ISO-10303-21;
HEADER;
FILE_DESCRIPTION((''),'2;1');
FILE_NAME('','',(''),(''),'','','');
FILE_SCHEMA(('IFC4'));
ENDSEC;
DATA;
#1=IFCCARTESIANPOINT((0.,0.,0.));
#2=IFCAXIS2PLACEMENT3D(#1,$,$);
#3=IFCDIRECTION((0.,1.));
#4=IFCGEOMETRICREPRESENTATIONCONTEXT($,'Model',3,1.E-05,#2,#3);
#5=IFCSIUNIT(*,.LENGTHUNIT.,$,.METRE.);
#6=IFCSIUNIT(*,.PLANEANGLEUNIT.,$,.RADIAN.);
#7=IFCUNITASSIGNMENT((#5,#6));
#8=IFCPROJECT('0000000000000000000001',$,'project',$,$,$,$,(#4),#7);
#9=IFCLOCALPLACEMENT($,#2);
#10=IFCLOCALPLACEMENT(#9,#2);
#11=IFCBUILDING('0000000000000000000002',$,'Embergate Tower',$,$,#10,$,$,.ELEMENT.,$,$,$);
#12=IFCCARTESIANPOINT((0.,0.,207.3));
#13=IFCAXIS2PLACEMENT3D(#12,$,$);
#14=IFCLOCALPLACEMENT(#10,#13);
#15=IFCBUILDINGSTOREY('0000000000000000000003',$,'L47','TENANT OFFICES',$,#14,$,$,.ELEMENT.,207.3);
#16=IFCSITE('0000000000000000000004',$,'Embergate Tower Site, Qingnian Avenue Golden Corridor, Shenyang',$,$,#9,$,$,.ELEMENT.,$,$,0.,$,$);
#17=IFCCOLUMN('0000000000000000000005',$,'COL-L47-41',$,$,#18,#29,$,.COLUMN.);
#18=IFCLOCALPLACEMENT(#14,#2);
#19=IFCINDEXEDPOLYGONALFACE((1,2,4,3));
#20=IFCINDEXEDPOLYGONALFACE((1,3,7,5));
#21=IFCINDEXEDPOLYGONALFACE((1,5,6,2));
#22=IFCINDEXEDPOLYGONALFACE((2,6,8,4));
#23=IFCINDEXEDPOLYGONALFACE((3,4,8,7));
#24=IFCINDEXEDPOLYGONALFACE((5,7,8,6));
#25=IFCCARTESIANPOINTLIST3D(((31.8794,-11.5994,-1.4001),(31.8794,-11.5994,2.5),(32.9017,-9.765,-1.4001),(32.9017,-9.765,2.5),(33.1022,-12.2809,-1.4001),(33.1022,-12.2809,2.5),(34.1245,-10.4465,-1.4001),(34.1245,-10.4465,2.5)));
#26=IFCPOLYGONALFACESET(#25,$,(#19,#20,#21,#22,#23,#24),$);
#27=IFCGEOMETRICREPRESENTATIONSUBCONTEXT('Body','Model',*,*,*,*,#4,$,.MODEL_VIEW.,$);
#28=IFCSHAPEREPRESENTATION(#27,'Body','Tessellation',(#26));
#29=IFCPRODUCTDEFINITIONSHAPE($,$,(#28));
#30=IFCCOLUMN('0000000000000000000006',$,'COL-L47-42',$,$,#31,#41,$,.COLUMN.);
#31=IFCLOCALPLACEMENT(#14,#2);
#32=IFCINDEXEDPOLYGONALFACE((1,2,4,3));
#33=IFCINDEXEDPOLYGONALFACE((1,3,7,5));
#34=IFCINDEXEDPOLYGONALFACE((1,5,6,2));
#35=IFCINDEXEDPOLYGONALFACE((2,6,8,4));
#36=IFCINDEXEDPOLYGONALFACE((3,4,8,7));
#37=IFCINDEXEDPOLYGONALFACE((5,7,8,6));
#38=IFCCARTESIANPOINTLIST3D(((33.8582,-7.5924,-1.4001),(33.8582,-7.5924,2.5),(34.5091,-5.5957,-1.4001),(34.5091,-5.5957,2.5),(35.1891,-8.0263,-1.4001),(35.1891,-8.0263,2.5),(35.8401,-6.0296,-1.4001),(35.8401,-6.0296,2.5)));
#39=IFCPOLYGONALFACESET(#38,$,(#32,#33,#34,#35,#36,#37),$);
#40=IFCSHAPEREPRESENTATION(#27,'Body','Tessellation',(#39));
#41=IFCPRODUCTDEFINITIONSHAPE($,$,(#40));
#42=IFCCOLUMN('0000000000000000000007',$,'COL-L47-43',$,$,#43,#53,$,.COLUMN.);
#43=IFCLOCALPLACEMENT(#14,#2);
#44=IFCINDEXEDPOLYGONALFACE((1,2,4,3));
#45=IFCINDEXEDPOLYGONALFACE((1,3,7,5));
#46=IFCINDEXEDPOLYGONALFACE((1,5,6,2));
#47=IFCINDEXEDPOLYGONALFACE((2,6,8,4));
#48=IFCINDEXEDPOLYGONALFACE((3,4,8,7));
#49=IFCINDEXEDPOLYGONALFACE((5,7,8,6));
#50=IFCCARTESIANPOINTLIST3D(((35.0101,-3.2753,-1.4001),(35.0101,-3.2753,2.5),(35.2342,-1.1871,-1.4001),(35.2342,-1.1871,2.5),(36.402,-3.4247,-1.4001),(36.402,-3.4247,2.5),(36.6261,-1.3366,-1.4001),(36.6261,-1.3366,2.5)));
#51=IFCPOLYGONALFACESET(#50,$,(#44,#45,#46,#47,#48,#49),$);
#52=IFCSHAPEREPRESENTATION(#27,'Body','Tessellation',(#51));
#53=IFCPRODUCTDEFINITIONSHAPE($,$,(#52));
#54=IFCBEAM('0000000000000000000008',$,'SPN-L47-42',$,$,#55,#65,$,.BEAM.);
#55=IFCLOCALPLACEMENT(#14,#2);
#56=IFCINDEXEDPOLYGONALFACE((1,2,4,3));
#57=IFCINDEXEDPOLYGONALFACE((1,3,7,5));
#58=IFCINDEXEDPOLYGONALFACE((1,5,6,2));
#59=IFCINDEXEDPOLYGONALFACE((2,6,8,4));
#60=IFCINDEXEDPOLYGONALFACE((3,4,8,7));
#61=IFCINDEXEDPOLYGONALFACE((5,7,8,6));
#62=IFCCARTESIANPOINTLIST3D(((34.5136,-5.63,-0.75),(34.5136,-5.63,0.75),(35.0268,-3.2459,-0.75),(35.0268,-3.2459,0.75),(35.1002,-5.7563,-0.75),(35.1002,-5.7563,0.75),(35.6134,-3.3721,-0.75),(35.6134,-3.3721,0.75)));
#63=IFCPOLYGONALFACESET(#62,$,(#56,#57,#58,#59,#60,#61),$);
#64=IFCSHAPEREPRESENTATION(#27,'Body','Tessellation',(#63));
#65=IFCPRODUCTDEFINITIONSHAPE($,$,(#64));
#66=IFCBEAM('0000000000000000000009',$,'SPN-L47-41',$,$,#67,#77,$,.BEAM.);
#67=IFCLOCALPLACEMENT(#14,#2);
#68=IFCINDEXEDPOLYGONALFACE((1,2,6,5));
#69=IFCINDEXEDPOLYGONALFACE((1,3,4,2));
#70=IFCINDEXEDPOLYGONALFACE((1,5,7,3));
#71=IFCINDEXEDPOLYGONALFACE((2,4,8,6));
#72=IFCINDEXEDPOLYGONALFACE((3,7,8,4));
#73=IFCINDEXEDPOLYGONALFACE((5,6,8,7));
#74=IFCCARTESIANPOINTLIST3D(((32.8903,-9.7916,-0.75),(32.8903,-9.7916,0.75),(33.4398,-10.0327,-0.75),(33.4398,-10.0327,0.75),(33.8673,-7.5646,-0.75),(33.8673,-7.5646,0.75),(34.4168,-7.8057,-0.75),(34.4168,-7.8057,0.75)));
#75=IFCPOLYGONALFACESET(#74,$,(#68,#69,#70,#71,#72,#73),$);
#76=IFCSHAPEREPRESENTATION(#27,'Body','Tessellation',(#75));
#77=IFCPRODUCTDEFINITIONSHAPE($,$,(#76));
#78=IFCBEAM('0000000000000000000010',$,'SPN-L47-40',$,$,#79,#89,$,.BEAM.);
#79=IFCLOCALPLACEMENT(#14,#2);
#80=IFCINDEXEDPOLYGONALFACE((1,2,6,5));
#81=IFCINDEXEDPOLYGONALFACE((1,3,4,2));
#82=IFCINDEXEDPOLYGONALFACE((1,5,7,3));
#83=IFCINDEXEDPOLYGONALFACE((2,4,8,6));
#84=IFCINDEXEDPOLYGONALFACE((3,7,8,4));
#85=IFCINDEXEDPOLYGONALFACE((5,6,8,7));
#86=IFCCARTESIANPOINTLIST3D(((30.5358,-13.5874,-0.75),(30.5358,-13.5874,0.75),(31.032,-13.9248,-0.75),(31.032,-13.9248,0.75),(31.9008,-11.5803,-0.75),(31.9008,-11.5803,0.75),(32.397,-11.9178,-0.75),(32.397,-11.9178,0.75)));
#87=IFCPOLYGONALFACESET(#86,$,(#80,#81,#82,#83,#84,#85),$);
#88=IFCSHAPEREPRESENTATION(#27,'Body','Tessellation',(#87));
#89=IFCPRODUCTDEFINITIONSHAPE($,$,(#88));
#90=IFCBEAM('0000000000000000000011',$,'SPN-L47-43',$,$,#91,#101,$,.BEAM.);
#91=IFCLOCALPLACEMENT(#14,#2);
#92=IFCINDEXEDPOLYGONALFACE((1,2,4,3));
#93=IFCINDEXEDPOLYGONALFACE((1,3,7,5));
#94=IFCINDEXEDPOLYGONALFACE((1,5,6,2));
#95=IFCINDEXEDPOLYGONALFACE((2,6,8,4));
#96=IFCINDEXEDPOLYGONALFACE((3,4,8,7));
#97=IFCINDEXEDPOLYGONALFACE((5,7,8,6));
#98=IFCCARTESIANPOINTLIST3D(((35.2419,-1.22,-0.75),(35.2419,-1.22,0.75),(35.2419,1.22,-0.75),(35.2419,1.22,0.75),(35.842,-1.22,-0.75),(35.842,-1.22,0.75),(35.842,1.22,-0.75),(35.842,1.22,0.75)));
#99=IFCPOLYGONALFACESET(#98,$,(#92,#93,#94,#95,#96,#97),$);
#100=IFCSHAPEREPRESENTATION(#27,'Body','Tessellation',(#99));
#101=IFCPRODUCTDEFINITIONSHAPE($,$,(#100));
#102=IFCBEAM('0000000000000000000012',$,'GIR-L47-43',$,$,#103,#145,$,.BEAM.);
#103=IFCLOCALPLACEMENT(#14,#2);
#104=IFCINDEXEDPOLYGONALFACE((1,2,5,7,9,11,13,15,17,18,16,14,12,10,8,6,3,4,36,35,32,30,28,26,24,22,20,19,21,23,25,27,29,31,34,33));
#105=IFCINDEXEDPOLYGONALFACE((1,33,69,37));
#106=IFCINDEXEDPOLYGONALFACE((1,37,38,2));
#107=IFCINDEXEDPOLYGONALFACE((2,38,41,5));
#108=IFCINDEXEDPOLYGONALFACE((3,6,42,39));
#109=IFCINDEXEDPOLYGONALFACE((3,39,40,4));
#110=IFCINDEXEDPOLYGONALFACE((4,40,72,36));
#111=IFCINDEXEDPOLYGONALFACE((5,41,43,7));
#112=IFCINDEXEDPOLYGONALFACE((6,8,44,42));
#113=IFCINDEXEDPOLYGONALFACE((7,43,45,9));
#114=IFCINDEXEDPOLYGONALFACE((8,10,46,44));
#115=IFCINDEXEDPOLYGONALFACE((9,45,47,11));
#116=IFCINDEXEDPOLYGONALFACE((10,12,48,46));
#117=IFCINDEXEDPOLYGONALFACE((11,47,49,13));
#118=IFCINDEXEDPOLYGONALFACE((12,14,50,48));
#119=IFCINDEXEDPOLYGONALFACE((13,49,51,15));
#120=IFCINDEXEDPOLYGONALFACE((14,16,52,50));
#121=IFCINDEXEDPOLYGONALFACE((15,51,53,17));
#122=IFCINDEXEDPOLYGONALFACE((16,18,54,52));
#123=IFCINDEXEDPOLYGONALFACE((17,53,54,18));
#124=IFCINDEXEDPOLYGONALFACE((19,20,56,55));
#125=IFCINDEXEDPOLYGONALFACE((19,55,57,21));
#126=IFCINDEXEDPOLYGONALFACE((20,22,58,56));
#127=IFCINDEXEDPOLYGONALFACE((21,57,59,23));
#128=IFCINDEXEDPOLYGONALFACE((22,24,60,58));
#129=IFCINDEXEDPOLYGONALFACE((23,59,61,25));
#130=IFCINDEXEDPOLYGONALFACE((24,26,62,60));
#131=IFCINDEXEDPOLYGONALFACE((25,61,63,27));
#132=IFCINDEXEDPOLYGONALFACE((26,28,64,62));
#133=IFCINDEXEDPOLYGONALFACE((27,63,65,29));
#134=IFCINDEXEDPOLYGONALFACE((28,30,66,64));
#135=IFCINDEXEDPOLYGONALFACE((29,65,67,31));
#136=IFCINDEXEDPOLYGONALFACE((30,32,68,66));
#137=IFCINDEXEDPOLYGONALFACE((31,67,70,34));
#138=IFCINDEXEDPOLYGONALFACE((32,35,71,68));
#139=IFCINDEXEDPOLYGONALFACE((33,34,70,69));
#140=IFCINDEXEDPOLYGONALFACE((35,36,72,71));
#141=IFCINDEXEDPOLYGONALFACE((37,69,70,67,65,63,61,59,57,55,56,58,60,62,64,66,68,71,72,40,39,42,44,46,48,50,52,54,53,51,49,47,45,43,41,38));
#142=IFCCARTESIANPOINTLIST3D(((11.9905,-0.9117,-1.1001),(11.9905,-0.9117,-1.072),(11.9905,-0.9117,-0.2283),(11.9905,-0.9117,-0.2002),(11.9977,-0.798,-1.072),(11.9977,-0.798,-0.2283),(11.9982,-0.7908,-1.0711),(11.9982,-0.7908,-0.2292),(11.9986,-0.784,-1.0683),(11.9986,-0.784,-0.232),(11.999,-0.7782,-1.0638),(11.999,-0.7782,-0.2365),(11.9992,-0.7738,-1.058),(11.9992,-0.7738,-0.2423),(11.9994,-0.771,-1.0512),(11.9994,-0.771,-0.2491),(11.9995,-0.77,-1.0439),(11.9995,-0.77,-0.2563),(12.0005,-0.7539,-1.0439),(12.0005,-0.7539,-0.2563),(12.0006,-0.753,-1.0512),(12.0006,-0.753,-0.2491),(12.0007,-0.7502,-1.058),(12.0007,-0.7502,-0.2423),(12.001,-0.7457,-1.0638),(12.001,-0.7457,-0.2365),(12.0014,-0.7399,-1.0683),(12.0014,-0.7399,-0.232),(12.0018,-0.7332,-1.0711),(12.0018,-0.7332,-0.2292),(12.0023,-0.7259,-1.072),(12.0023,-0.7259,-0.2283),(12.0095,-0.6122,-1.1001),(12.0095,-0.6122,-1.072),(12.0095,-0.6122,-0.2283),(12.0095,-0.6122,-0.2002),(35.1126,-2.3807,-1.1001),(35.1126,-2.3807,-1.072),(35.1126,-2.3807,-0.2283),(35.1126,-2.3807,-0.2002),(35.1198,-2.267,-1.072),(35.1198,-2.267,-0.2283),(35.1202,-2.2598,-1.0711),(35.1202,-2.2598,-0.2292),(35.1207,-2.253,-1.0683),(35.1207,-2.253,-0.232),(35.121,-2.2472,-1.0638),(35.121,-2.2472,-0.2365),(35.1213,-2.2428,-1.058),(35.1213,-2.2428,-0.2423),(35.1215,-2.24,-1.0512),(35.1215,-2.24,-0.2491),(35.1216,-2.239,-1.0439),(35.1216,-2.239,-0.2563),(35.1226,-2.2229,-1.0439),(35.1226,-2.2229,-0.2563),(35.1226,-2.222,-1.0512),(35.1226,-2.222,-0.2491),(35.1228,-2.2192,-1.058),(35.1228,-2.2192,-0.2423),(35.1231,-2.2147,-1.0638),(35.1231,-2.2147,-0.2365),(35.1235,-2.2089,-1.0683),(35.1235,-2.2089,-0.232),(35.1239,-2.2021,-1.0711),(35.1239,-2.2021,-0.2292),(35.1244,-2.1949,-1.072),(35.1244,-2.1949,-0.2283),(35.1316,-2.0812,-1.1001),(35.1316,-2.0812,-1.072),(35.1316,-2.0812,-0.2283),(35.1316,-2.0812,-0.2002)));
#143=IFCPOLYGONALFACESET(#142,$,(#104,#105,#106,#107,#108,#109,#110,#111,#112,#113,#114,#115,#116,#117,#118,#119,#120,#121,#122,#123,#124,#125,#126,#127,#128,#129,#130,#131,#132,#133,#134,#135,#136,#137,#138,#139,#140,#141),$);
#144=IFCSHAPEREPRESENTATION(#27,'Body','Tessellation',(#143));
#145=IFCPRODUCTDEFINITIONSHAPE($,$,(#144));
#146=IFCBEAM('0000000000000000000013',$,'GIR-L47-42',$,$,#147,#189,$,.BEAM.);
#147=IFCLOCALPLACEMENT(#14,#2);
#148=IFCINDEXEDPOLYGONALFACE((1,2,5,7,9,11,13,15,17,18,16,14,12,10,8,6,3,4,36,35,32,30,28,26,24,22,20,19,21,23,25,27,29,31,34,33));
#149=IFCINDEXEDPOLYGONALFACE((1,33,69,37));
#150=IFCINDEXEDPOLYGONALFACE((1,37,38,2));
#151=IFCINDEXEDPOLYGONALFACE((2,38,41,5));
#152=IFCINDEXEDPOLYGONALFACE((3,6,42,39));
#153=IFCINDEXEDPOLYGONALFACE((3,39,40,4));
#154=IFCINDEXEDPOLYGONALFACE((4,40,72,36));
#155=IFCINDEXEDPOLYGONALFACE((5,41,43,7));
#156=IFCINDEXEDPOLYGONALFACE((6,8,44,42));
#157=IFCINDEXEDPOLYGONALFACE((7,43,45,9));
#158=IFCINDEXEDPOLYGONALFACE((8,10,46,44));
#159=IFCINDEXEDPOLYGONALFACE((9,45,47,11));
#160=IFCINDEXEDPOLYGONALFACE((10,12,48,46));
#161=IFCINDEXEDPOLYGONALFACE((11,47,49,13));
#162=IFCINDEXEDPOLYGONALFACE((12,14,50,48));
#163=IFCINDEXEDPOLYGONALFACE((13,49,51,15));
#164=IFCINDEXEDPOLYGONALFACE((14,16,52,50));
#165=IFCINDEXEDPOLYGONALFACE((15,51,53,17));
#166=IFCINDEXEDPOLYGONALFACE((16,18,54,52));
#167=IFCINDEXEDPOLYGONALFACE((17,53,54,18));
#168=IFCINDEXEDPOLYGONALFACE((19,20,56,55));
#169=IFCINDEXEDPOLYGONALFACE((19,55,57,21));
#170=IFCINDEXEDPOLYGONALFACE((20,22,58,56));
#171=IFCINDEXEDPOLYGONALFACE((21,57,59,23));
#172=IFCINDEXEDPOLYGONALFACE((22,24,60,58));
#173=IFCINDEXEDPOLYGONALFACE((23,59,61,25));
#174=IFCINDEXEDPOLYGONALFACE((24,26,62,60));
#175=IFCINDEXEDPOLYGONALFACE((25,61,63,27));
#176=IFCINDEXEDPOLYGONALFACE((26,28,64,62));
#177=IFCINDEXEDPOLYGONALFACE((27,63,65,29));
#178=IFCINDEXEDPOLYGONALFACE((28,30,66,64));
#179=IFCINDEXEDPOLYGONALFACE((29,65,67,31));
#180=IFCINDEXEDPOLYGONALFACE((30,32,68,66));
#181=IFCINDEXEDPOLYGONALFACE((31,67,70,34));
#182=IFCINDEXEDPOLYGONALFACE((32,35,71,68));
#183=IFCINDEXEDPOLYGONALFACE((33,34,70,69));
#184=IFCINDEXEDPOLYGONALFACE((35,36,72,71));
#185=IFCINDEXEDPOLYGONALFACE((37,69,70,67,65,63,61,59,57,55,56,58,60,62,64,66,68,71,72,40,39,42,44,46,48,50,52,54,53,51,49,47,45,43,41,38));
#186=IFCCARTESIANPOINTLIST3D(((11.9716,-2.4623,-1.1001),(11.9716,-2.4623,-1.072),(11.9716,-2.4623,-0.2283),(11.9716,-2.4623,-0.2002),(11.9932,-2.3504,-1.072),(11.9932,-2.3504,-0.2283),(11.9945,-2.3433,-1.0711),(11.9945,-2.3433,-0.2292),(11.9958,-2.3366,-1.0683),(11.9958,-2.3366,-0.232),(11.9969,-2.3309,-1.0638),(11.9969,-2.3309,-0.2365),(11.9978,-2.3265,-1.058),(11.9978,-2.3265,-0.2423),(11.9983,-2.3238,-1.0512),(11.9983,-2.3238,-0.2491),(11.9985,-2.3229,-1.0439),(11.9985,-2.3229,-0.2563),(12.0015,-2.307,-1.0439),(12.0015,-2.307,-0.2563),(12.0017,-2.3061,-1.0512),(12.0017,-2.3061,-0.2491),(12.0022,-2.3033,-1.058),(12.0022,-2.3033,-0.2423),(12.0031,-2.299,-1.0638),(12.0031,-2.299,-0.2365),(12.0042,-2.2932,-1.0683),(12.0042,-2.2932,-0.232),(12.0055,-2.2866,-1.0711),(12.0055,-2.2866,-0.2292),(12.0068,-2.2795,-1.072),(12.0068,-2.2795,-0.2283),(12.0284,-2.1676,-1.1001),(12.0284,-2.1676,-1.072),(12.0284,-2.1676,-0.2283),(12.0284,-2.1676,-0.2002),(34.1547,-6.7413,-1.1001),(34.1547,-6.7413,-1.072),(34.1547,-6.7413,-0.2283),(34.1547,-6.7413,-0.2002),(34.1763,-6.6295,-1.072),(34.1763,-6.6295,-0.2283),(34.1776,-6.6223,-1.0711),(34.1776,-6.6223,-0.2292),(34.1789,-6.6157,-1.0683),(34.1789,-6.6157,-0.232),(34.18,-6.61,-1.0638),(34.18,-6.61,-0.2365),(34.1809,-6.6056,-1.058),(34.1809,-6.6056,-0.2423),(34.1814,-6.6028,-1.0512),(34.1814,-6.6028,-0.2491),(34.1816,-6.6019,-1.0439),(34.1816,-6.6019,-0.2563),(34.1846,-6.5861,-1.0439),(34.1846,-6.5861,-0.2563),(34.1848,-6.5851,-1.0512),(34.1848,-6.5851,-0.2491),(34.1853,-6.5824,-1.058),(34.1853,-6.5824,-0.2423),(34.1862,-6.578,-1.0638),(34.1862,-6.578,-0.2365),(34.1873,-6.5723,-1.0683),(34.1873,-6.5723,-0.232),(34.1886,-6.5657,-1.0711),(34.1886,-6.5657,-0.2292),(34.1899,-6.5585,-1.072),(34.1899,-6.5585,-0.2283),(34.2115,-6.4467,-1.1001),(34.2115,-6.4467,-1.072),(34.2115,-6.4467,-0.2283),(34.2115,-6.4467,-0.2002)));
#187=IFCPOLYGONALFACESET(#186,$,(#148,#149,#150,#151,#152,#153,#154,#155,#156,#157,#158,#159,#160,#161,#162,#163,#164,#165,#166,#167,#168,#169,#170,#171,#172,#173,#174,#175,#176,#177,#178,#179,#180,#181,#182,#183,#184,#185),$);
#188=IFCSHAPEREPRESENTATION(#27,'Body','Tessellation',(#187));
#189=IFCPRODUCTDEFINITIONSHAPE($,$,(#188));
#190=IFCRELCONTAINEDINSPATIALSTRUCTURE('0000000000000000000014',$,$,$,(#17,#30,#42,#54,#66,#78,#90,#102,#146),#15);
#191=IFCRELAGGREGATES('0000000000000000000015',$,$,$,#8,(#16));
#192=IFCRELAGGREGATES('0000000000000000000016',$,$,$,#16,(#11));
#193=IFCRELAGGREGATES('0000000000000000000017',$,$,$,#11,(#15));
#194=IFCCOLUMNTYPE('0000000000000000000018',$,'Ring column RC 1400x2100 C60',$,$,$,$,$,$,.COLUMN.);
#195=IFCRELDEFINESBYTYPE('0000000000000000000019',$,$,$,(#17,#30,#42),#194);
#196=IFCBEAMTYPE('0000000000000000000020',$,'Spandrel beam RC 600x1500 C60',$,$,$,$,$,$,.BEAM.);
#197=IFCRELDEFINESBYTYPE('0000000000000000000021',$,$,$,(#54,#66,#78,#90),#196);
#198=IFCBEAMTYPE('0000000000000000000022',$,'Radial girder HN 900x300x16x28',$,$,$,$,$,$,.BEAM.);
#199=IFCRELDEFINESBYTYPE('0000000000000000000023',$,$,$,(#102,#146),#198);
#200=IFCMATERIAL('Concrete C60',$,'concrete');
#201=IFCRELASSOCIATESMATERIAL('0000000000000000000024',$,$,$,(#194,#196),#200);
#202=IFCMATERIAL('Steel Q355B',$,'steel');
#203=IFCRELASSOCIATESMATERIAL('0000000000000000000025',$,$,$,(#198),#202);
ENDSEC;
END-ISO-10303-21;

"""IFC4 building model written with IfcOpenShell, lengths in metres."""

from ifc_helpers import new_model, si_unit, direction, frame, origin, origin_2d, place, context, subcontext, project, spatial, rectangle, i_section, extrude, source, transform, mapped, material, material_profile, profile_set, type_object, element, save


model = new_model("IFC4")

# Units and contexts
model_context = context("Model", 3, precision=1e-05, world=origin(), true_north=direction((0.0, 1.0)))
body_context = subcontext(model_context, "Body", "Model", "MODEL_VIEW")
ifc_project = project(units=[si_unit("LENGTHUNIT", "METRE"), si_unit("PLANEANGLEUNIT", "RADIAN")], contexts=[model_context])

# Site, building, storey
site_placement = place(None, origin())
site = spatial("IfcSite", under=ifc_project, at=site_placement, Name="Embergate Tower Site, Qingnian Avenue Golden Corridor, Shenyang", CompositionType="ELEMENT", RefElevation=0.0)
building_placement = place(site_placement, origin())
building = spatial("IfcBuilding", under=site, at=building_placement, Name="Embergate Tower", CompositionType="ELEMENT")
storey_placement = place(building_placement, frame((0.0, 0.0, 207.3)))
storey = spatial("IfcBuildingStorey", under=building, at=storey_placement, Name="L47", Description="TENANT OFFICES", CompositionType="ELEMENT", Elevation=207.3)

# Columns
ifc_material_1 = material(Name="Concrete C60", Category="concrete")
ifc_material_profile_1 = material_profile(ifc_material_1, rectangle(XDim=1.3999, YDim=2.1001, at=origin_2d()), Name="RC 1400x2100")
ifc_profile_set_1 = profile_set([ifc_material_profile_1], Name="Concrete C60")
column_type = type_object("IfcColumnType", Name="Ring column RC 1400x2100 C60", PredefinedType="COLUMN", material=ifc_profile_set_1)
shared_shape_1 = source(origin(), body_context, "Body", "SweptSolid", [
    extrude(rectangle(XDim=1.3999, YDim=2.1001, at=origin_2d()), origin(), (0.0, 0.0, 1.0), 3.9001),
])
for number, where, z_axis, x_axis, name in (
    (1, (33.002, -11.0229, -1.4001), (0.0, 0.0, 1.0), (0.8735, -0.486823, 0.0), "COL-L47-41"),
    (2, (34.8491, -6.811, -1.4001), (0.0, 0.0, 1.0), (0.950754, -0.309946, 0.0), "COL-L47-42"),
    (3, (35.8181, -2.3059, -1.4001), (0.0, 0.0, 1.0), (0.994288, -0.106733, 0.0), "COL-L47-43"),
):
    element("IfcColumn", number, at=place(storey_placement, frame(where, z_axis=z_axis, x_axis=x_axis)), inside=storey, type_object=column_type, Name=name, PredefinedType="COLUMN", context=body_context, shape_type="MappedRepresentation", body=[
        mapped(shared_shape_1, transform((0.0, 0.0, 0.0))),
    ])

# Beams
ifc_material_profile_2 = material_profile(ifc_material_1, rectangle(XDim=0.6001, YDim=1.5, at=origin_2d()), Name="RC 600x1500")
ifc_profile_set_2 = profile_set([ifc_material_profile_2], Name="Concrete C60")
beam_type_1 = type_object("IfcBeamType", Name="Spandrel beam RC 600x1500 C60", PredefinedType="BEAM", material=ifc_profile_set_2)
shared_shape_2 = source(origin(), body_context, "Body", "SweptSolid", [
    extrude(rectangle(XDim=0.6001, YDim=1.5, at=origin_2d()), origin(), (0.0, 0.0, 1.0), 2.4387),
])
beam_1_placement = place(storey_placement, frame((34.8069, -5.6931, 0.0), z_axis=(0.210438, 0.977607, 0.0), x_axis=(-0.977607, 0.210438, 0.0)))
element("IfcBeam", 4, at=beam_1_placement, inside=storey, type_object=beam_type_1, Name="SPN-L47-42", PredefinedType="BEAM", context=body_context, shape_type="MappedRepresentation", body=[
    mapped(shared_shape_2, transform((0.0, 0.0, 0.0))),
])
shared_shape_3 = source(origin(), body_context, "Body", "SweptSolid", [
    extrude(rectangle(XDim=0.6001, YDim=1.5, at=origin_2d()), origin(), (0.0, 0.0, 1.0), 2.4319),
])
beam_2_placement = place(storey_placement, frame((33.165, -9.9121, 0.0), z_axis=(0.401756, 0.915747, 0.0), x_axis=(-0.915747, 0.401756, 0.0)))
element("IfcBeam", 5, at=beam_2_placement, inside=storey, type_object=beam_type_1, Name="SPN-L47-41", PredefinedType="BEAM", context=body_context, shape_type="MappedRepresentation", body=[
    mapped(shared_shape_3, transform((0.0, 0.0, 0.0))),
])
shared_shape_4 = source(origin(), body_context, "Body", "SweptSolid", [
    extrude(rectangle(XDim=0.6001, YDim=1.5, at=origin_2d()), origin(), (0.0, 0.0, 1.0), 2.4272),
])
beam_3_placement = place(storey_placement, frame((30.7839, -13.7561, 0.0), z_axis=(0.56236, 0.826893, 0.0), x_axis=(-0.826893, 0.56236, 0.0)))
element("IfcBeam", 6, at=beam_3_placement, inside=storey, type_object=beam_type_1, Name="SPN-L47-40", PredefinedType="BEAM", context=body_context, shape_type="MappedRepresentation", body=[
    mapped(shared_shape_4, transform((0.0, 0.0, 0.0))),
])
shared_shape_5 = source(origin(), body_context, "Body", "SweptSolid", [
    extrude(rectangle(XDim=0.6001, YDim=1.5, at=origin_2d()), origin(), (0.0, 0.0, 1.0), 2.4399),
])
beam_4_placement = place(storey_placement, frame((35.542, -1.22, 0.0), z_axis=(0.0, 1.0, 0.0), x_axis=(-1.0, 0.0, 0.0)))
element("IfcBeam", 7, at=beam_4_placement, inside=storey, type_object=beam_type_1, Name="SPN-L47-43", PredefinedType="BEAM", context=body_context, shape_type="MappedRepresentation", body=[
    mapped(shared_shape_5, transform((0.0, 0.0, 0.0))),
])
ifc_material_2 = material(Name="Steel Q355B", Category="steel")
ifc_material_profile_3 = material_profile(ifc_material_2, i_section(OverallWidth=0.3, OverallDepth=0.8999, WebThickness=0.0161, FlangeThickness=0.0281, FilletRadius=0.0281, at=origin_2d()), Name="HN 900x300x16x28")
ifc_profile_set_3 = profile_set([ifc_material_profile_3], Name="Steel Q355 grade B")
beam_type_2 = type_object("IfcBeamType", Name="Radial girder HN 900x300x16x28", PredefinedType="BEAM", material=ifc_profile_set_3)
shared_shape_6 = source(origin(), body_context, "Body", "SweptSolid", [
    extrude(i_section(OverallWidth=0.3, OverallDepth=0.8999, WebThickness=0.0161, FlangeThickness=0.0281, FilletRadius=0.0281, at=origin_2d()), origin(), (0.0, 0.0, 1.0), 23.1687),
])
beam_5_placement = place(storey_placement, frame((35.1221, -2.231, -0.6501), z_axis=(-0.997988, 0.063404, 0.0), x_axis=(-0.063404, -0.997988, 0.0)))
element("IfcBeam", 8, at=beam_5_placement, inside=storey, type_object=beam_type_2, Name="GIR-L47-43", PredefinedType="BEAM", context=body_context, shape_type="MappedRepresentation", body=[
    mapped(shared_shape_6, transform((0.0, 0.0, 0.0))),
])
shared_shape_7 = source(origin(), body_context, "Body", "SweptSolid", [
    extrude(i_section(OverallWidth=0.3, OverallDepth=0.8999, WebThickness=0.0161, FlangeThickness=0.0281, FilletRadius=0.0281, at=origin_2d()), origin(), (0.0, 0.0, 1.0), 22.592),
])
beam_6_placement = place(storey_placement, frame((34.1831, -6.594, -0.6501), z_axis=(-0.981899, 0.189405, 0.0), x_axis=(-0.189405, -0.981899, 0.0)))
element("IfcBeam", 9, at=beam_6_placement, inside=storey, type_object=beam_type_2, Name="GIR-L47-42", PredefinedType="BEAM", context=body_context, shape_type="MappedRepresentation", body=[
    mapped(shared_shape_7, transform((0.0, 0.0, 0.0))),
])

save(model, "model.ifc")
